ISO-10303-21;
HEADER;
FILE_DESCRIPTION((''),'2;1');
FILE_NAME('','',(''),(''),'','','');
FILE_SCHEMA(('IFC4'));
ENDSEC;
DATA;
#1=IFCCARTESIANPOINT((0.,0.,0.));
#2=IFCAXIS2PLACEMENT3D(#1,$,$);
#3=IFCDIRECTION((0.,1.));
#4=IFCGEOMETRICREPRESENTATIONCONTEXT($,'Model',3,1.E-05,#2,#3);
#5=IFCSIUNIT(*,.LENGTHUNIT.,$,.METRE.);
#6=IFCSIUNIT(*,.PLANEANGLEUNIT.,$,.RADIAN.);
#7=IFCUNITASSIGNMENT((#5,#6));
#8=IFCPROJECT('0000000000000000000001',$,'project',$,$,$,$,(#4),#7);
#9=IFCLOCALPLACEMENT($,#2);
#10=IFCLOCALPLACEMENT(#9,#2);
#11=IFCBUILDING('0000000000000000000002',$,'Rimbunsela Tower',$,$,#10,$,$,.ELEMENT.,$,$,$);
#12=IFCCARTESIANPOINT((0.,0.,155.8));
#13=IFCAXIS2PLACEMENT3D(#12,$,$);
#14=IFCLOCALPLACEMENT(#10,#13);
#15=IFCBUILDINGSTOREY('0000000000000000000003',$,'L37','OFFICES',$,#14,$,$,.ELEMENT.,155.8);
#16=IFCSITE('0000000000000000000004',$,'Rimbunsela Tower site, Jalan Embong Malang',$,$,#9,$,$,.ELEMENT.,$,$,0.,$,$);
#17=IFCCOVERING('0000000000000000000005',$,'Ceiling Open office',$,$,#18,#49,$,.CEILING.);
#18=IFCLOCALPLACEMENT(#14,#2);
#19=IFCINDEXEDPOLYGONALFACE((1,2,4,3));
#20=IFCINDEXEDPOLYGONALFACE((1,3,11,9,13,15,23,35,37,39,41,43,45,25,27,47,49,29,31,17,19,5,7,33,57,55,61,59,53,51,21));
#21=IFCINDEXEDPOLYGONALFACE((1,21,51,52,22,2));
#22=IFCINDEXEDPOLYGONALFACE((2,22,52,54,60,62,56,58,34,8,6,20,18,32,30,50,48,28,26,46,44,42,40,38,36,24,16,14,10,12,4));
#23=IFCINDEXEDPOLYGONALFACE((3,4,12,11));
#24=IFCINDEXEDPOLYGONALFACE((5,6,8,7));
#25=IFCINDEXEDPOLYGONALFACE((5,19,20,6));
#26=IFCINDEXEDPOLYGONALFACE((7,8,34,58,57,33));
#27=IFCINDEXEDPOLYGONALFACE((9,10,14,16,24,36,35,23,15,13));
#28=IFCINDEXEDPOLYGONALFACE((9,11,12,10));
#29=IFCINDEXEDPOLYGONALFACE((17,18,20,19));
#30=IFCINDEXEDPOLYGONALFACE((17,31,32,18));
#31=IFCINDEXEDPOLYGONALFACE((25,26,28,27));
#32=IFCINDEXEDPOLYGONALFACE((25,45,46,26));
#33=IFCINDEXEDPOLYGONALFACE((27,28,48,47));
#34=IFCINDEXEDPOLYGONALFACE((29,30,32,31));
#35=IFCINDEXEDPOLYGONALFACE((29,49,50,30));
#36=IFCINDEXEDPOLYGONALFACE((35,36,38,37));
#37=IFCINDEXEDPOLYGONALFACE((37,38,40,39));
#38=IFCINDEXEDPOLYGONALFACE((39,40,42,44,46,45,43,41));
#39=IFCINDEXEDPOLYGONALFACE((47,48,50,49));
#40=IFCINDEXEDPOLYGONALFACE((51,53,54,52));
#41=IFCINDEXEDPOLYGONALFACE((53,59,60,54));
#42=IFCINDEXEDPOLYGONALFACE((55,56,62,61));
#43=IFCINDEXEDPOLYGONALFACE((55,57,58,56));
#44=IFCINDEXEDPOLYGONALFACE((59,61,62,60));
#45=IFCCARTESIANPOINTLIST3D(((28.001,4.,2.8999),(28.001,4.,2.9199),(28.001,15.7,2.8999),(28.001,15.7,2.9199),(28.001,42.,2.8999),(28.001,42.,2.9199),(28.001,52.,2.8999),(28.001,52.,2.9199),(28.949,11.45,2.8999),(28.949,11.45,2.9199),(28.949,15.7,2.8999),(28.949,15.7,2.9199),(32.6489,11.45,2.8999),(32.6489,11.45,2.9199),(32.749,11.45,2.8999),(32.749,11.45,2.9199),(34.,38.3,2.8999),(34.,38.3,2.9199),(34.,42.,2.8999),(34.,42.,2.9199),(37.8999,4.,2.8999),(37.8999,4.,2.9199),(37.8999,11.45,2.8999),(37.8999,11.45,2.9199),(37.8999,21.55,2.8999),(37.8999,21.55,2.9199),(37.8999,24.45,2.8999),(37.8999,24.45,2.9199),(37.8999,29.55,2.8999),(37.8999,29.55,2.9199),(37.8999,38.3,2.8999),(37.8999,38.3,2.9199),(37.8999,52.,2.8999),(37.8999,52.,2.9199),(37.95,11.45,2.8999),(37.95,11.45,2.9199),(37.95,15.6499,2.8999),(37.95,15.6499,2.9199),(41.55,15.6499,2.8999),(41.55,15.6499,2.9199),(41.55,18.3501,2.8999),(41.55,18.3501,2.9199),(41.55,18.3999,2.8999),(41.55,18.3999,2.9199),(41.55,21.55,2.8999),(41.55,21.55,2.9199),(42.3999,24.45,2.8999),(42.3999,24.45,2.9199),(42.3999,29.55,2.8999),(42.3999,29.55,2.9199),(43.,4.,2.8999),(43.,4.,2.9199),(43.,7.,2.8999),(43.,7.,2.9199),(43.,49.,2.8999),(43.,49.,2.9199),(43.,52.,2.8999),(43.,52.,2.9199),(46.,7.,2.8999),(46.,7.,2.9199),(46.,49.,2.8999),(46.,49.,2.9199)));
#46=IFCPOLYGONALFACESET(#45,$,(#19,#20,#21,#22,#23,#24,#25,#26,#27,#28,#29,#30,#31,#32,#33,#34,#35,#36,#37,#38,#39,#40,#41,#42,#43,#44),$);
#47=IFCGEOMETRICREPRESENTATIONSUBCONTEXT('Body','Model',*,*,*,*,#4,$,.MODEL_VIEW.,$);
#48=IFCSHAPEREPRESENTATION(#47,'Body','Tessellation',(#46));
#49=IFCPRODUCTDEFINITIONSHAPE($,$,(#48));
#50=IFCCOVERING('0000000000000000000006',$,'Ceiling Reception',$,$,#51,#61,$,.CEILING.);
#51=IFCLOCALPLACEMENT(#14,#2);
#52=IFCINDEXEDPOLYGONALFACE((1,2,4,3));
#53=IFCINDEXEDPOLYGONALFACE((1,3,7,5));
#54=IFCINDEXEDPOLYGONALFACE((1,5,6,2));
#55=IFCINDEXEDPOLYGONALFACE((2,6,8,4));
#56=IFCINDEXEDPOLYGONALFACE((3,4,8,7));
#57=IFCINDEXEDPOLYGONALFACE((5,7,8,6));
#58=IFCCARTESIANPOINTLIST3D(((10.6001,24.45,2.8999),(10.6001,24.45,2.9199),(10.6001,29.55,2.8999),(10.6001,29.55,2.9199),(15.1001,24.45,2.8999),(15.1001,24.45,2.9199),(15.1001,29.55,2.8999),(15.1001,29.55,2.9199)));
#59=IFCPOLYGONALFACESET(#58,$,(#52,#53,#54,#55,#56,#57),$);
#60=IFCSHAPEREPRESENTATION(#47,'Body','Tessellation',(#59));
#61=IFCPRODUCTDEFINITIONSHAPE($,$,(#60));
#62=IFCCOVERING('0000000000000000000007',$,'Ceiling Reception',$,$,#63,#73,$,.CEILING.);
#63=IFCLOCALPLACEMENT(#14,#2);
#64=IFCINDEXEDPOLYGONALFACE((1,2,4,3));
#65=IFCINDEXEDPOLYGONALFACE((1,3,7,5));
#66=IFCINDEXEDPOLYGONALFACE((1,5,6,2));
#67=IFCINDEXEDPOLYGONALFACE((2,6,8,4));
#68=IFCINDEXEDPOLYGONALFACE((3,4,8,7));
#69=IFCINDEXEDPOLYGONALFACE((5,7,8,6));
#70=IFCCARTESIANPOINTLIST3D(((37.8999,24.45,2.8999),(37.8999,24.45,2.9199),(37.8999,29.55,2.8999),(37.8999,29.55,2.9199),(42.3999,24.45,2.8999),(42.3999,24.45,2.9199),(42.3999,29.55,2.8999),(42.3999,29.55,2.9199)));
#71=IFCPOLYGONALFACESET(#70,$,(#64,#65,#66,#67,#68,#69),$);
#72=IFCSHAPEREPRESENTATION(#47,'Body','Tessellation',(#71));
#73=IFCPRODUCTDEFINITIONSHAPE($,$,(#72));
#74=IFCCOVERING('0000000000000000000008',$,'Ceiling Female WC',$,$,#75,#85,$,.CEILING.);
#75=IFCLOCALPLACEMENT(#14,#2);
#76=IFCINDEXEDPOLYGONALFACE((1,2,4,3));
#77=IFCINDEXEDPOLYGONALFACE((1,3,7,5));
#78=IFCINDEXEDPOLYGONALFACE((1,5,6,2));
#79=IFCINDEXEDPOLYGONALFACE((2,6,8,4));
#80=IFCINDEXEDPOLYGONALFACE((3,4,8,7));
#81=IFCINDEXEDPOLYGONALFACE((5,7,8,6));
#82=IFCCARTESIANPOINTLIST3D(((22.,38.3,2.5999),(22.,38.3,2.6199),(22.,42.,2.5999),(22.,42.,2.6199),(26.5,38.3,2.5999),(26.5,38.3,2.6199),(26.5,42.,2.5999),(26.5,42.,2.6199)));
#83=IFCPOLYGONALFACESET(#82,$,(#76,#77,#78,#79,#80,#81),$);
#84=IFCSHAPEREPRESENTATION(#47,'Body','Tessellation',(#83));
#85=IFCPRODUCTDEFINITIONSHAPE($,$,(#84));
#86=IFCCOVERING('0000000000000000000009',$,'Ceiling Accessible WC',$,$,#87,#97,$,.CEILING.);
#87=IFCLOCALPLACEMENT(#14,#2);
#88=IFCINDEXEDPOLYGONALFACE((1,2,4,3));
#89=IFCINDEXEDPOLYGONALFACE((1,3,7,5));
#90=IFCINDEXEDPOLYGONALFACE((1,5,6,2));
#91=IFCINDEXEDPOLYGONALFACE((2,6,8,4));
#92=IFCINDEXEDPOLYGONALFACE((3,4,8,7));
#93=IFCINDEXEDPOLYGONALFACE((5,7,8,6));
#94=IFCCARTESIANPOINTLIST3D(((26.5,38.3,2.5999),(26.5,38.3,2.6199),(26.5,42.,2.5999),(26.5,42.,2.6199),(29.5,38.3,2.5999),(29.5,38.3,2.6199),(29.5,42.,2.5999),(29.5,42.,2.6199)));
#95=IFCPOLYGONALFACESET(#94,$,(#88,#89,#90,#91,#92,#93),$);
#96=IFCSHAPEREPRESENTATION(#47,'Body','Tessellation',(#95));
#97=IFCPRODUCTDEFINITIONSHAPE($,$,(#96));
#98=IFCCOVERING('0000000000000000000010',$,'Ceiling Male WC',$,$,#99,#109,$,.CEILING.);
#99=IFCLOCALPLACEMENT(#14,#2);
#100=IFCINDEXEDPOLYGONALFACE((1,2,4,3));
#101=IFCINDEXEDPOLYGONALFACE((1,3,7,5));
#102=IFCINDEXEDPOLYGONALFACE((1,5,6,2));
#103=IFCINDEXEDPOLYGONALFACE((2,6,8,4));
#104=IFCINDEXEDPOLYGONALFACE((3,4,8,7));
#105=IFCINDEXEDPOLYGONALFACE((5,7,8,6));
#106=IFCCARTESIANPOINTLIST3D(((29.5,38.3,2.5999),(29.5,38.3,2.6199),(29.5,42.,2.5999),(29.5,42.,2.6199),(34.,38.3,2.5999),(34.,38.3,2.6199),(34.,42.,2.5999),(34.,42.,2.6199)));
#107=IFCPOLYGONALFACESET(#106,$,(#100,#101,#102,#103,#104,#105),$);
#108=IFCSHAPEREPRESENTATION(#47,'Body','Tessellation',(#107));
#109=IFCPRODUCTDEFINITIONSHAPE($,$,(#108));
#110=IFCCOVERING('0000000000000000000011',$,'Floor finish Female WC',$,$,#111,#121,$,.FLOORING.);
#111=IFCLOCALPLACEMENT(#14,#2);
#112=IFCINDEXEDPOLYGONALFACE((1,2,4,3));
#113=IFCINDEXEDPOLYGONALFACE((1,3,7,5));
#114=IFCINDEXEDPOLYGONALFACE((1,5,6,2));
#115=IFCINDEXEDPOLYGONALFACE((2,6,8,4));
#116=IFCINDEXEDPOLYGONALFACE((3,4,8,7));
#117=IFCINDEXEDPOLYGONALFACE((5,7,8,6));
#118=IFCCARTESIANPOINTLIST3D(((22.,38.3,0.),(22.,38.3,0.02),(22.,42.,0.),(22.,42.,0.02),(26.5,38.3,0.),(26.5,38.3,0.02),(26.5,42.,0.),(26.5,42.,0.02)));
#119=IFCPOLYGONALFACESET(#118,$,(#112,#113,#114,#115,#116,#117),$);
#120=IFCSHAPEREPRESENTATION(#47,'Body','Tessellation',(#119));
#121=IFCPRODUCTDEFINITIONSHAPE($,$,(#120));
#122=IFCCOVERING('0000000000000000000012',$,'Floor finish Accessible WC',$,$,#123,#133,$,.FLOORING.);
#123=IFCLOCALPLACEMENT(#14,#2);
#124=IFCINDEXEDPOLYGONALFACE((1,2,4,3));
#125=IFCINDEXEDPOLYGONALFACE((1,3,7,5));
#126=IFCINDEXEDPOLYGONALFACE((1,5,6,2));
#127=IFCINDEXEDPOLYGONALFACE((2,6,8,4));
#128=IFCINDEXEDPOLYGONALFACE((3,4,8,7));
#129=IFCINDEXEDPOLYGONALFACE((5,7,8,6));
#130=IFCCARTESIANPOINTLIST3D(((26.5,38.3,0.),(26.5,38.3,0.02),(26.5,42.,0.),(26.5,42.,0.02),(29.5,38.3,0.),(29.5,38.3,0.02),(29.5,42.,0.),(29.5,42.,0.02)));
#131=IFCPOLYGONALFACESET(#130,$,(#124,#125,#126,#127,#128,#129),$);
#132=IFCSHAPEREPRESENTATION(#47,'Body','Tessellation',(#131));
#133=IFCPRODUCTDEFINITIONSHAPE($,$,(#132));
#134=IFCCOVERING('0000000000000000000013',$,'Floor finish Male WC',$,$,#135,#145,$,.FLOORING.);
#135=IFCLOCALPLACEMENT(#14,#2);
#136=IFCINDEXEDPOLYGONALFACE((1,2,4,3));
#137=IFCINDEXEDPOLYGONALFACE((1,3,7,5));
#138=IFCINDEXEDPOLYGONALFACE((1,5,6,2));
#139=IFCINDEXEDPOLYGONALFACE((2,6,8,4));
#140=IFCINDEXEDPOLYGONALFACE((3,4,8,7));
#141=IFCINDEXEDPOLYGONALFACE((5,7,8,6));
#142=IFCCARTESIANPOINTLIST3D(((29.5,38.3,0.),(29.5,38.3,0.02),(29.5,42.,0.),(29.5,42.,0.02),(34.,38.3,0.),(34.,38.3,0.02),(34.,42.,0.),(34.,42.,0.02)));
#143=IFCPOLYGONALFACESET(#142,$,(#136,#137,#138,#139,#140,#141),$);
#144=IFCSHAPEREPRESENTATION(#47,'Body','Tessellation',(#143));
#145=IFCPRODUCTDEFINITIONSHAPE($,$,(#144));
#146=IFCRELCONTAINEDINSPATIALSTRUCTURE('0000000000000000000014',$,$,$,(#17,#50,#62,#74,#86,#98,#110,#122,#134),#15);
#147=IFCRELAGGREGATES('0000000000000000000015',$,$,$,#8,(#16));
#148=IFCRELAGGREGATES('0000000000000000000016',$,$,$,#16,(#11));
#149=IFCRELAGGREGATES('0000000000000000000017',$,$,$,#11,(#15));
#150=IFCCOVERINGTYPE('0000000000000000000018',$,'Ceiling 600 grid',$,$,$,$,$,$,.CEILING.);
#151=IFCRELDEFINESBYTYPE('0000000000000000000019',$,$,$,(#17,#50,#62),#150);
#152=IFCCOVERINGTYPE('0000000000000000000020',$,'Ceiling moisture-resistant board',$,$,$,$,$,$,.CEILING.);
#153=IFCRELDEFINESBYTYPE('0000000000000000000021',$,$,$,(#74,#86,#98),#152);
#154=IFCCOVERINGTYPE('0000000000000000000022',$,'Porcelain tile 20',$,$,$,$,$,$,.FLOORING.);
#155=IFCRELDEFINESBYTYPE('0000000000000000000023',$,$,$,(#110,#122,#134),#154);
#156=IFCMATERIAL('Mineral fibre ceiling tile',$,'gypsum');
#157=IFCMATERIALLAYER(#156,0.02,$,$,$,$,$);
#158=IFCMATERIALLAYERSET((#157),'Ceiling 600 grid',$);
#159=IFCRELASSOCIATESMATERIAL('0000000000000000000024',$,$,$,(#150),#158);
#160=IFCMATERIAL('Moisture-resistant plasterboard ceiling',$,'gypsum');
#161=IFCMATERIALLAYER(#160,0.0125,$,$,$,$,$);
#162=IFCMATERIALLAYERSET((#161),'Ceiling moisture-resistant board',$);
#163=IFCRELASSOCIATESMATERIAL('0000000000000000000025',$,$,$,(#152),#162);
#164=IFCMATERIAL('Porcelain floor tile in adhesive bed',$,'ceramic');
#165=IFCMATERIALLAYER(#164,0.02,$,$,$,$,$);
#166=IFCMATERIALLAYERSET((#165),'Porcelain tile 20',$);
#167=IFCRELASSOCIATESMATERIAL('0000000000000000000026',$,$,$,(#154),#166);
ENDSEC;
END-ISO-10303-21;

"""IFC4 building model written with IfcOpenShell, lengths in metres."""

from ifc_helpers import new_model, si_unit, direction, frame, origin, place, context, subcontext, project, spatial, polyline, outline, extrude, material, layer, layer_set, type_object, element, save


model = new_model("IFC4")

# Units and contexts
model_context = context("Model", 3, precision=1e-05, world=origin(), true_north=direction((0.0, 1.0)))
body_context = subcontext(model_context, "Body", "Model", "MODEL_VIEW")
ifc_project = project(units=[si_unit("LENGTHUNIT", "METRE"), si_unit("PLANEANGLEUNIT", "RADIAN")], contexts=[model_context])

# Site, building, storey
site_placement = place(None, origin())
site = spatial("IfcSite", under=ifc_project, at=site_placement, Name="Rimbunsela Tower site, Jalan Embong Malang", CompositionType="ELEMENT", RefElevation=0.0)
building_placement = place(site_placement, origin())
building = spatial("IfcBuilding", under=site, at=building_placement, Name="Rimbunsela Tower", CompositionType="ELEMENT")
storey_placement = place(building_placement, frame((0.0, 0.0, 155.8)))
storey = spatial("IfcBuildingStorey", under=building, at=storey_placement, Name="L37", Description="OFFICES", CompositionType="ELEMENT", Elevation=155.8)

# Coverings
ifc_material_1 = material(Name="Mineral fibre ceiling tile", Category="gypsum")
ifc_layer_1 = layer(ifc_material_1, 0.02)
ifc_layer_set_1 = layer_set([ifc_layer_1], Name="Ceiling 600 grid")
covering_type_1 = type_object("IfcCoveringType", Name="Ceiling 600 grid", PredefinedType="CEILING", material=ifc_layer_set_1)
covering_1_placement = place(storey_placement, frame((0.0, 0.0, 2.8999)))
element("IfcCovering", 1, at=covering_1_placement, inside=storey, type_object=covering_type_1, Name="Ceiling Open office", PredefinedType="CEILING", context=body_context, shape_type="SweptSolid", body=[
    extrude(outline(polyline([(28.001, 15.7), (28.949, 15.7), (28.949, 11.45), (32.6489, 11.45), (32.749, 11.45), (37.8999, 11.45), (37.95, 11.45), (37.95, 15.6499), (41.55, 15.6499), (41.55, 18.3501), (41.55, 18.3999), (41.55, 21.55), (37.8999, 21.55), (37.8999, 24.45), (42.3999, 24.45), (42.3999, 29.55), (37.8999, 29.55), (37.8999, 38.3), (34.0, 38.3), (34.0, 42.0), (28.001, 42.0), (28.001, 52.0), (37.8999, 52.0), (43.0, 52.0), (43.0, 49.0), (46.0, 49.0), (46.0, 7.0), (43.0, 7.0), (43.0, 4.0), (37.8999, 4.0), (28.001, 4.0), (28.001, 15.7)])), origin(), (0.0, 0.0, 1.0), 0.02),
])
covering_2_placement = place(storey_placement, frame((0.0, 0.0, 2.8999)))
element("IfcCovering", 2, at=covering_2_placement, inside=storey, type_object=covering_type_1, Name="Ceiling Reception", PredefinedType="CEILING", context=body_context, shape_type="SweptSolid", body=[
    extrude(outline(polyline([(15.1001, 24.45), (15.1001, 29.55), (10.6001, 29.55), (10.6001, 24.45), (15.1001, 24.45)])), origin(), (0.0, 0.0, 1.0), 0.02),
])
covering_3_placement = place(storey_placement, frame((0.0, 0.0, 2.8999)))
element("IfcCovering", 3, at=covering_3_placement, inside=storey, type_object=covering_type_1, Name="Ceiling Reception", PredefinedType="CEILING", context=body_context, shape_type="SweptSolid", body=[
    extrude(outline(polyline([(42.3999, 24.45), (42.3999, 29.55), (37.8999, 29.55), (37.8999, 24.45), (42.3999, 24.45)])), origin(), (0.0, 0.0, 1.0), 0.02),
])
ifc_material_2 = material(Name="Moisture-resistant plasterboard ceiling", Category="gypsum")
ifc_layer_2 = layer(ifc_material_2, 0.0125)
ifc_layer_set_2 = layer_set([ifc_layer_2], Name="Ceiling moisture-resistant board")
covering_type_2 = type_object("IfcCoveringType", Name="Ceiling moisture-resistant board", PredefinedType="CEILING", material=ifc_layer_set_2)
covering_4_placement = place(storey_placement, frame((0.0, 0.0, 2.5999)))
element("IfcCovering", 4, at=covering_4_placement, inside=storey, type_object=covering_type_2, Name="Ceiling Female WC", PredefinedType="CEILING", context=body_context, shape_type="SweptSolid", body=[
    extrude(outline(polyline([(26.5, 38.3), (26.5, 42.0), (22.0, 42.0), (22.0, 38.3), (26.5, 38.3)])), origin(), (0.0, 0.0, 1.0), 0.02),
])
covering_5_placement = place(storey_placement, frame((0.0, 0.0, 2.5999)))
element("IfcCovering", 5, at=covering_5_placement, inside=storey, type_object=covering_type_2, Name="Ceiling Accessible WC", PredefinedType="CEILING", context=body_context, shape_type="SweptSolid", body=[
    extrude(outline(polyline([(29.5, 38.3), (29.5, 42.0), (26.5, 42.0), (26.5, 38.3), (29.5, 38.3)])), origin(), (0.0, 0.0, 1.0), 0.02),
])
covering_6_placement = place(storey_placement, frame((0.0, 0.0, 2.5999)))
element("IfcCovering", 6, at=covering_6_placement, inside=storey, type_object=covering_type_2, Name="Ceiling Male WC", PredefinedType="CEILING", context=body_context, shape_type="SweptSolid", body=[
    extrude(outline(polyline([(34.0, 38.3), (34.0, 42.0), (29.5, 42.0), (29.5, 38.3), (34.0, 38.3)])), origin(), (0.0, 0.0, 1.0), 0.02),
])
ifc_material_3 = material(Name="Porcelain floor tile in adhesive bed", Category="ceramic")
ifc_layer_3 = layer(ifc_material_3, 0.02)
ifc_layer_set_3 = layer_set([ifc_layer_3], Name="Porcelain tile 20")
covering_type_3 = type_object("IfcCoveringType", Name="Porcelain tile 20", PredefinedType="FLOORING", material=ifc_layer_set_3)
covering_7_placement = place(storey_placement, origin())
element("IfcCovering", 7, at=covering_7_placement, inside=storey, type_object=covering_type_3, Name="Floor finish Female WC", PredefinedType="FLOORING", context=body_context, shape_type="SweptSolid", body=[
    extrude(outline(polyline([(26.5, 38.3), (26.5, 42.0), (22.0, 42.0), (22.0, 38.3), (26.5, 38.3)])), origin(), (0.0, 0.0, 1.0), 0.02),
])
covering_8_placement = place(storey_placement, origin())
element("IfcCovering", 8, at=covering_8_placement, inside=storey, type_object=covering_type_3, Name="Floor finish Accessible WC", PredefinedType="FLOORING", context=body_context, shape_type="SweptSolid", body=[
    extrude(outline(polyline([(29.5, 38.3), (29.5, 42.0), (26.5, 42.0), (26.5, 38.3), (29.5, 38.3)])), origin(), (0.0, 0.0, 1.0), 0.02),
])
covering_9_placement = place(storey_placement, origin())
element("IfcCovering", 9, at=covering_9_placement, inside=storey, type_object=covering_type_3, Name="Floor finish Male WC", PredefinedType="FLOORING", context=body_context, shape_type="SweptSolid", body=[
    extrude(outline(polyline([(34.0, 38.3), (34.0, 42.0), (29.5, 42.0), (29.5, 38.3), (34.0, 38.3)])), origin(), (0.0, 0.0, 1.0), 0.02),
])

save(model, "model.ifc")
